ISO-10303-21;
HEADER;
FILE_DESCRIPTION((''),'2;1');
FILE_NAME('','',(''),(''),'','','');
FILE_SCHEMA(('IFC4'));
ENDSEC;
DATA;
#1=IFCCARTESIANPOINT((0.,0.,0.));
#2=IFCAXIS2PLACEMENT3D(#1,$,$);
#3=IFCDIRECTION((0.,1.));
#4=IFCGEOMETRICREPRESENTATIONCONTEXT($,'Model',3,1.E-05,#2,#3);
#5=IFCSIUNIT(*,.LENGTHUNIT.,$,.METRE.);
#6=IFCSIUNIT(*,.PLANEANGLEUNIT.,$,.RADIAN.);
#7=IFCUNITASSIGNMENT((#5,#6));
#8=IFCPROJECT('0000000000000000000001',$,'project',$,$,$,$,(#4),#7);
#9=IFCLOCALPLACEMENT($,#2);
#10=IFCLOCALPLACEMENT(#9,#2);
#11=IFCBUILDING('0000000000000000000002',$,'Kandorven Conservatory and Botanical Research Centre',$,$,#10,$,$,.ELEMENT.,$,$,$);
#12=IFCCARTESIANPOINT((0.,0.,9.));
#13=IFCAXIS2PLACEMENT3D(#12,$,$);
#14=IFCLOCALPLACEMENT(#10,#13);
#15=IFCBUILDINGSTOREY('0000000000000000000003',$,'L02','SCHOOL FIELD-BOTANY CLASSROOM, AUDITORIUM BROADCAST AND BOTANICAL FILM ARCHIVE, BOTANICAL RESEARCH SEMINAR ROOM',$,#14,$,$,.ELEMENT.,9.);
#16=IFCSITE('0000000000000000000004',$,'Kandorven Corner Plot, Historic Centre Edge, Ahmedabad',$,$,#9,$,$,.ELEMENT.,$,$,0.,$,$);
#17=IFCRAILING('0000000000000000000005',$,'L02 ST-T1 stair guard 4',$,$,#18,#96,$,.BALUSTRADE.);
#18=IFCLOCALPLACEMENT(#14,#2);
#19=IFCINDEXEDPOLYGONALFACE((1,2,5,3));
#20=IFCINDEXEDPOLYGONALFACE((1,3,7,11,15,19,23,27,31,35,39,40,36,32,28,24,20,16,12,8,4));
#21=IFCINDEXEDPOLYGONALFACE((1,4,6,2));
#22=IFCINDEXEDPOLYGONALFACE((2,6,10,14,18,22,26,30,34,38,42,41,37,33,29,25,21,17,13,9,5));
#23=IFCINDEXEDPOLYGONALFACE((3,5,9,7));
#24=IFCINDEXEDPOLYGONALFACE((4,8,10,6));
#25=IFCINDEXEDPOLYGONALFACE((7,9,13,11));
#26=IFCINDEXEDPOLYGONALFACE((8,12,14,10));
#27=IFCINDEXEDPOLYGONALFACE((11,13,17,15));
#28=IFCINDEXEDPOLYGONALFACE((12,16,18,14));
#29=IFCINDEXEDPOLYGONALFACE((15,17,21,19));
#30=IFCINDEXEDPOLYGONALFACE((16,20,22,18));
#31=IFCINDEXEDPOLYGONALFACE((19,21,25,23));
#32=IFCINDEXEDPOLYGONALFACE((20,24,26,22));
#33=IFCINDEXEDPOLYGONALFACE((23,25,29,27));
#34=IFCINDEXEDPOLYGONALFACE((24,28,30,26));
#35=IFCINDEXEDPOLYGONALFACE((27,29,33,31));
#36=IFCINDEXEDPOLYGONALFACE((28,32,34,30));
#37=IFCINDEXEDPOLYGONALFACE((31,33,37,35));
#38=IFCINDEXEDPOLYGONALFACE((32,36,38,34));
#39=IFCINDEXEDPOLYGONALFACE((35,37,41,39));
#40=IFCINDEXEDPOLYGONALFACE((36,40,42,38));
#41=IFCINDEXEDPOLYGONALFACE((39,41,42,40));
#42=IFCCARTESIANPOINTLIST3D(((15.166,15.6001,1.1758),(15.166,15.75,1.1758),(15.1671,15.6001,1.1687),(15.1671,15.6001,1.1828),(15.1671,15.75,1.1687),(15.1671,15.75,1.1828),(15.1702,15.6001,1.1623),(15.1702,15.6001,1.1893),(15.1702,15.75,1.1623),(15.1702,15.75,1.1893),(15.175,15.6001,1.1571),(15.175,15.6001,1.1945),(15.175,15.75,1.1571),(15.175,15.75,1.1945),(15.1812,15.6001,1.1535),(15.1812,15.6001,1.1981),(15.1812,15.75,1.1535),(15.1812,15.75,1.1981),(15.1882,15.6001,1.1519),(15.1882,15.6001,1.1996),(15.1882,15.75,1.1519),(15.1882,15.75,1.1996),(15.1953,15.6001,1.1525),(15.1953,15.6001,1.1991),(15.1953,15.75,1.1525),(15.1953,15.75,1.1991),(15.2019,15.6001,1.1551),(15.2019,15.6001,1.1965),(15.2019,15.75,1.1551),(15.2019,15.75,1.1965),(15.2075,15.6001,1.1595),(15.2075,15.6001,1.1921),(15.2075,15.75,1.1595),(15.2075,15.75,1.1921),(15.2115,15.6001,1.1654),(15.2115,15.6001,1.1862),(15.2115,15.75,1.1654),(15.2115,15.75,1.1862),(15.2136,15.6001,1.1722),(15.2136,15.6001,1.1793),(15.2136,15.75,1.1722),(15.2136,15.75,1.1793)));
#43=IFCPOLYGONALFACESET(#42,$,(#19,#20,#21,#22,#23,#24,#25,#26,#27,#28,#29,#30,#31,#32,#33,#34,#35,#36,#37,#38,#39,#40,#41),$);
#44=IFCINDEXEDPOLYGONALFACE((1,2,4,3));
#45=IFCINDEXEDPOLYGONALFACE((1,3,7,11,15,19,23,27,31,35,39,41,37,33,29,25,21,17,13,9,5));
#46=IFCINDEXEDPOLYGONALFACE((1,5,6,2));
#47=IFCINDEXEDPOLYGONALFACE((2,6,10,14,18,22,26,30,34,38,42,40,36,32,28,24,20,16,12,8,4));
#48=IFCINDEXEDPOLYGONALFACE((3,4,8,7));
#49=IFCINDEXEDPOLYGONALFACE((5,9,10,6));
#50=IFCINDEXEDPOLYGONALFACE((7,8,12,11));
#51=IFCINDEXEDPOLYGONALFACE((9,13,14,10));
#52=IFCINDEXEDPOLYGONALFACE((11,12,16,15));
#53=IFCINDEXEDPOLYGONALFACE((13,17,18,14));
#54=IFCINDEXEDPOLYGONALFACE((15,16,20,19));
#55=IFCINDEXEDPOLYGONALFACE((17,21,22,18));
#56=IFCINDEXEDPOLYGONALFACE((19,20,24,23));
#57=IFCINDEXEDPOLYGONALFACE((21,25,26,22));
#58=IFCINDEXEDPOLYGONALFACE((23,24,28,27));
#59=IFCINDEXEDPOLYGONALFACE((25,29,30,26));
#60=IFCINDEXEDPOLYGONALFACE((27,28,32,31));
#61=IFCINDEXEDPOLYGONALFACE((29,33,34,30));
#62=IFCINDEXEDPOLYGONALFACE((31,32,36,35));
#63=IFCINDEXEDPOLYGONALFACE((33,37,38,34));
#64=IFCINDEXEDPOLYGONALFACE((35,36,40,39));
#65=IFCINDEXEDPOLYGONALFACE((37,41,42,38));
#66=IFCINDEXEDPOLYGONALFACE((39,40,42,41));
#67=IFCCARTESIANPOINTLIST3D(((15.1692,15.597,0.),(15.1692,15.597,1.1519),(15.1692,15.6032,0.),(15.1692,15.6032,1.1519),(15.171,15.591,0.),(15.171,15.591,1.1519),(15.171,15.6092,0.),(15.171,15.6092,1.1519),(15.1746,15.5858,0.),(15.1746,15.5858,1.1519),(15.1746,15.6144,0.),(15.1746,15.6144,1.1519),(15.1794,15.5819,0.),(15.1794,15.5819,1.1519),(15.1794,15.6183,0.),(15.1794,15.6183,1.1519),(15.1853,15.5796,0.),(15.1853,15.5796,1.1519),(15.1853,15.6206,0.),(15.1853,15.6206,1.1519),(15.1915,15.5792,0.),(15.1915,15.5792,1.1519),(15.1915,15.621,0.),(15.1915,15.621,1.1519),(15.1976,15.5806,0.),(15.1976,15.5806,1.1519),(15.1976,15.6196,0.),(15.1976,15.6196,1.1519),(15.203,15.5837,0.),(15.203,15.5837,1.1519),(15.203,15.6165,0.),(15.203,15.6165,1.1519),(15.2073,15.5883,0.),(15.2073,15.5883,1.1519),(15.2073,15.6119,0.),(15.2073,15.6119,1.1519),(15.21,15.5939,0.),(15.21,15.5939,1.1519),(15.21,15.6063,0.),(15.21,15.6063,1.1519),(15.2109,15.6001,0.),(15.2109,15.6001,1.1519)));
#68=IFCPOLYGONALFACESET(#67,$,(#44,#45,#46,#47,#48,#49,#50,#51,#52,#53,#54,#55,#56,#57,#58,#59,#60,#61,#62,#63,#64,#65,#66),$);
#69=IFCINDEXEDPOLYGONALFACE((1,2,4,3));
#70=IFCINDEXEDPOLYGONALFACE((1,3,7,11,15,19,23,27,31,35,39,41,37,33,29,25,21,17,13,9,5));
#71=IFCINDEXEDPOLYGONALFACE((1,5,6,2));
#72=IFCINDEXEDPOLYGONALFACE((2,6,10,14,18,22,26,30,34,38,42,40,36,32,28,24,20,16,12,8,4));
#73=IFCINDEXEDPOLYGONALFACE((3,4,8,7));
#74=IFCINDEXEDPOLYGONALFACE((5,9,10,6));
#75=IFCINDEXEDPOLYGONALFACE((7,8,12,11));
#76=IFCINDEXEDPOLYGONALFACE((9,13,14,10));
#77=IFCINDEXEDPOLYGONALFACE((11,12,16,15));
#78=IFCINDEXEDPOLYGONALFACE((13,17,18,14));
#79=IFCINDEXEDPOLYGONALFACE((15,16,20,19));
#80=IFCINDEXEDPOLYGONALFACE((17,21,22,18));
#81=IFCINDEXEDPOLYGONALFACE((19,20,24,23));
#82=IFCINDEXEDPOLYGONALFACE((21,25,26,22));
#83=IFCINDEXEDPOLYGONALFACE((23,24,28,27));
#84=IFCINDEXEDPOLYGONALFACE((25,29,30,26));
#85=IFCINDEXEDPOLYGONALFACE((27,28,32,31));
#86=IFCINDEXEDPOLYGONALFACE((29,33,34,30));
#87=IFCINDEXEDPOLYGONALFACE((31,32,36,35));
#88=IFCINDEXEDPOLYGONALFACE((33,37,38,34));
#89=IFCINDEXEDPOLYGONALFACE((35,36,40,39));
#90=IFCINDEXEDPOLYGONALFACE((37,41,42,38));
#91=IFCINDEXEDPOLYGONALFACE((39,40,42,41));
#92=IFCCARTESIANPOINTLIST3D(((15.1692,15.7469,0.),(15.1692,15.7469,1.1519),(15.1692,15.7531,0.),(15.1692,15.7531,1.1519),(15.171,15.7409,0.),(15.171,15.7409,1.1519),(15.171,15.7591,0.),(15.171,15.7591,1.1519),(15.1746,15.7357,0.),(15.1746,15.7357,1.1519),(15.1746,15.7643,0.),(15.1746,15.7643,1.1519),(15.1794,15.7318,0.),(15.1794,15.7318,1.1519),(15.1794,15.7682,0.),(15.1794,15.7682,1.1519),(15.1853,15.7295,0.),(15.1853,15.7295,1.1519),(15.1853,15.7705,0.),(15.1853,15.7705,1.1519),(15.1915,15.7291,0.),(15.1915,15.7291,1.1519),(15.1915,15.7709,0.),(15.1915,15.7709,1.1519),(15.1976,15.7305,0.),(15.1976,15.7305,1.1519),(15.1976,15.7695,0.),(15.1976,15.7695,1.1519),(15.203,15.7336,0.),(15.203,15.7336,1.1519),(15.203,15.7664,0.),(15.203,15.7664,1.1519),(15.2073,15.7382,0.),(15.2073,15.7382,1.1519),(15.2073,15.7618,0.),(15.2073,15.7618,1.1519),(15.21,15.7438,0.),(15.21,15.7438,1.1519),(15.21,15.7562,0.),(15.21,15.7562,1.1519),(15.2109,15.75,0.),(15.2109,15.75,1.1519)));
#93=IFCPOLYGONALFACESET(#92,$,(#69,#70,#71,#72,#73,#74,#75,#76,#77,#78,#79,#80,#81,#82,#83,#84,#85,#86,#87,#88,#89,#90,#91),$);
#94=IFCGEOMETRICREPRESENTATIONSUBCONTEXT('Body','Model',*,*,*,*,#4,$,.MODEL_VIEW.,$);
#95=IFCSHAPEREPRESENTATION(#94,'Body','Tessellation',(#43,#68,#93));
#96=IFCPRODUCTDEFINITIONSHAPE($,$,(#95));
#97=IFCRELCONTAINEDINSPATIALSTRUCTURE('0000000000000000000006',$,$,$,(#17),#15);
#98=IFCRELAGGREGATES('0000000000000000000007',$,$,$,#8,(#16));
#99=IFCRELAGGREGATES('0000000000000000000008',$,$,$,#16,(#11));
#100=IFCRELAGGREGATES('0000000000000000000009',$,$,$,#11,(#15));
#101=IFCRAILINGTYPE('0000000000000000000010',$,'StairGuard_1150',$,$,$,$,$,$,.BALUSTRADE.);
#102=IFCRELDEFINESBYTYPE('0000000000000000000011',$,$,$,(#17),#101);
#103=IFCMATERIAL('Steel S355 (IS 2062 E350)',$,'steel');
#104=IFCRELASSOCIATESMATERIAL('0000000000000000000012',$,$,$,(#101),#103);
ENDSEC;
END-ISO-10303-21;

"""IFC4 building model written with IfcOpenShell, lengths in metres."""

from ifc_helpers import new_model, si_unit, direction, frame, origin, origin_2d, place, context, subcontext, project, spatial, circle, extrude, material, type_object, element, save


model = new_model("IFC4")

# Units and contexts
model_context = context("Model", 3, precision=1e-05, world=origin(), true_north=direction((0.0, 1.0)))
body_context = subcontext(model_context, "Body", "Model", "MODEL_VIEW")
ifc_project = project(units=[si_unit("LENGTHUNIT", "METRE"), si_unit("PLANEANGLEUNIT", "RADIAN")], contexts=[model_context])

# Site, building, storey
site_placement = place(None, origin())
site = spatial("IfcSite", under=ifc_project, at=site_placement, Name="Kandorven Corner Plot, Historic Centre Edge, Ahmedabad", CompositionType="ELEMENT", RefElevation=0.0)
building_placement = place(site_placement, origin())
building = spatial("IfcBuilding", under=site, at=building_placement, Name="Kandorven Conservatory and Botanical Research Centre", CompositionType="ELEMENT")
storey_placement = place(building_placement, frame((0.0, 0.0, 9.0)))
storey = spatial("IfcBuildingStorey", under=building, at=storey_placement, Name="L02", Description="SCHOOL FIELD-BOTANY CLASSROOM, AUDITORIUM BROADCAST AND BOTANICAL FILM ARCHIVE, BOTANICAL RESEARCH SEMINAR ROOM", CompositionType="ELEMENT", Elevation=9.0)

# Railing
ifc_material_1 = material(Name="Steel S355 (IS 2062 E350)", Category="steel")
railing_type_1 = type_object("IfcRailingType", Name="StairGuard_1150", PredefinedType="BALUSTRADE", material=ifc_material_1)
railing_1_placement = place(storey_placement, frame((15.1899, 15.6001, 0.0)))
element("IfcRailing", 1, at=railing_1_placement, inside=storey, type_object=railing_type_1, Name="L02 ST-T1 stair guard 4", PredefinedType="BALUSTRADE", context=body_context, shape_type="SweptSolid", body=[
    extrude(circle(Radius=0.0239, at=origin_2d()), frame((0.0, 0.0, 1.1758), z_axis=(0.0, 1.0, 0.0), x_axis=(-1.0, 0.0, 0.0)), (0.0, 0.0, 1.0), 0.1499),
    extrude(circle(Radius=0.021, at=origin_2d()), origin(), (0.0, 0.0, 1.0), 1.1519),
    extrude(circle(Radius=0.021, at=origin_2d()), frame((0.0, 0.1499, 0.0)), (0.0, 0.0, 1.0), 1.1519),
])

save(model, "model.ifc")
